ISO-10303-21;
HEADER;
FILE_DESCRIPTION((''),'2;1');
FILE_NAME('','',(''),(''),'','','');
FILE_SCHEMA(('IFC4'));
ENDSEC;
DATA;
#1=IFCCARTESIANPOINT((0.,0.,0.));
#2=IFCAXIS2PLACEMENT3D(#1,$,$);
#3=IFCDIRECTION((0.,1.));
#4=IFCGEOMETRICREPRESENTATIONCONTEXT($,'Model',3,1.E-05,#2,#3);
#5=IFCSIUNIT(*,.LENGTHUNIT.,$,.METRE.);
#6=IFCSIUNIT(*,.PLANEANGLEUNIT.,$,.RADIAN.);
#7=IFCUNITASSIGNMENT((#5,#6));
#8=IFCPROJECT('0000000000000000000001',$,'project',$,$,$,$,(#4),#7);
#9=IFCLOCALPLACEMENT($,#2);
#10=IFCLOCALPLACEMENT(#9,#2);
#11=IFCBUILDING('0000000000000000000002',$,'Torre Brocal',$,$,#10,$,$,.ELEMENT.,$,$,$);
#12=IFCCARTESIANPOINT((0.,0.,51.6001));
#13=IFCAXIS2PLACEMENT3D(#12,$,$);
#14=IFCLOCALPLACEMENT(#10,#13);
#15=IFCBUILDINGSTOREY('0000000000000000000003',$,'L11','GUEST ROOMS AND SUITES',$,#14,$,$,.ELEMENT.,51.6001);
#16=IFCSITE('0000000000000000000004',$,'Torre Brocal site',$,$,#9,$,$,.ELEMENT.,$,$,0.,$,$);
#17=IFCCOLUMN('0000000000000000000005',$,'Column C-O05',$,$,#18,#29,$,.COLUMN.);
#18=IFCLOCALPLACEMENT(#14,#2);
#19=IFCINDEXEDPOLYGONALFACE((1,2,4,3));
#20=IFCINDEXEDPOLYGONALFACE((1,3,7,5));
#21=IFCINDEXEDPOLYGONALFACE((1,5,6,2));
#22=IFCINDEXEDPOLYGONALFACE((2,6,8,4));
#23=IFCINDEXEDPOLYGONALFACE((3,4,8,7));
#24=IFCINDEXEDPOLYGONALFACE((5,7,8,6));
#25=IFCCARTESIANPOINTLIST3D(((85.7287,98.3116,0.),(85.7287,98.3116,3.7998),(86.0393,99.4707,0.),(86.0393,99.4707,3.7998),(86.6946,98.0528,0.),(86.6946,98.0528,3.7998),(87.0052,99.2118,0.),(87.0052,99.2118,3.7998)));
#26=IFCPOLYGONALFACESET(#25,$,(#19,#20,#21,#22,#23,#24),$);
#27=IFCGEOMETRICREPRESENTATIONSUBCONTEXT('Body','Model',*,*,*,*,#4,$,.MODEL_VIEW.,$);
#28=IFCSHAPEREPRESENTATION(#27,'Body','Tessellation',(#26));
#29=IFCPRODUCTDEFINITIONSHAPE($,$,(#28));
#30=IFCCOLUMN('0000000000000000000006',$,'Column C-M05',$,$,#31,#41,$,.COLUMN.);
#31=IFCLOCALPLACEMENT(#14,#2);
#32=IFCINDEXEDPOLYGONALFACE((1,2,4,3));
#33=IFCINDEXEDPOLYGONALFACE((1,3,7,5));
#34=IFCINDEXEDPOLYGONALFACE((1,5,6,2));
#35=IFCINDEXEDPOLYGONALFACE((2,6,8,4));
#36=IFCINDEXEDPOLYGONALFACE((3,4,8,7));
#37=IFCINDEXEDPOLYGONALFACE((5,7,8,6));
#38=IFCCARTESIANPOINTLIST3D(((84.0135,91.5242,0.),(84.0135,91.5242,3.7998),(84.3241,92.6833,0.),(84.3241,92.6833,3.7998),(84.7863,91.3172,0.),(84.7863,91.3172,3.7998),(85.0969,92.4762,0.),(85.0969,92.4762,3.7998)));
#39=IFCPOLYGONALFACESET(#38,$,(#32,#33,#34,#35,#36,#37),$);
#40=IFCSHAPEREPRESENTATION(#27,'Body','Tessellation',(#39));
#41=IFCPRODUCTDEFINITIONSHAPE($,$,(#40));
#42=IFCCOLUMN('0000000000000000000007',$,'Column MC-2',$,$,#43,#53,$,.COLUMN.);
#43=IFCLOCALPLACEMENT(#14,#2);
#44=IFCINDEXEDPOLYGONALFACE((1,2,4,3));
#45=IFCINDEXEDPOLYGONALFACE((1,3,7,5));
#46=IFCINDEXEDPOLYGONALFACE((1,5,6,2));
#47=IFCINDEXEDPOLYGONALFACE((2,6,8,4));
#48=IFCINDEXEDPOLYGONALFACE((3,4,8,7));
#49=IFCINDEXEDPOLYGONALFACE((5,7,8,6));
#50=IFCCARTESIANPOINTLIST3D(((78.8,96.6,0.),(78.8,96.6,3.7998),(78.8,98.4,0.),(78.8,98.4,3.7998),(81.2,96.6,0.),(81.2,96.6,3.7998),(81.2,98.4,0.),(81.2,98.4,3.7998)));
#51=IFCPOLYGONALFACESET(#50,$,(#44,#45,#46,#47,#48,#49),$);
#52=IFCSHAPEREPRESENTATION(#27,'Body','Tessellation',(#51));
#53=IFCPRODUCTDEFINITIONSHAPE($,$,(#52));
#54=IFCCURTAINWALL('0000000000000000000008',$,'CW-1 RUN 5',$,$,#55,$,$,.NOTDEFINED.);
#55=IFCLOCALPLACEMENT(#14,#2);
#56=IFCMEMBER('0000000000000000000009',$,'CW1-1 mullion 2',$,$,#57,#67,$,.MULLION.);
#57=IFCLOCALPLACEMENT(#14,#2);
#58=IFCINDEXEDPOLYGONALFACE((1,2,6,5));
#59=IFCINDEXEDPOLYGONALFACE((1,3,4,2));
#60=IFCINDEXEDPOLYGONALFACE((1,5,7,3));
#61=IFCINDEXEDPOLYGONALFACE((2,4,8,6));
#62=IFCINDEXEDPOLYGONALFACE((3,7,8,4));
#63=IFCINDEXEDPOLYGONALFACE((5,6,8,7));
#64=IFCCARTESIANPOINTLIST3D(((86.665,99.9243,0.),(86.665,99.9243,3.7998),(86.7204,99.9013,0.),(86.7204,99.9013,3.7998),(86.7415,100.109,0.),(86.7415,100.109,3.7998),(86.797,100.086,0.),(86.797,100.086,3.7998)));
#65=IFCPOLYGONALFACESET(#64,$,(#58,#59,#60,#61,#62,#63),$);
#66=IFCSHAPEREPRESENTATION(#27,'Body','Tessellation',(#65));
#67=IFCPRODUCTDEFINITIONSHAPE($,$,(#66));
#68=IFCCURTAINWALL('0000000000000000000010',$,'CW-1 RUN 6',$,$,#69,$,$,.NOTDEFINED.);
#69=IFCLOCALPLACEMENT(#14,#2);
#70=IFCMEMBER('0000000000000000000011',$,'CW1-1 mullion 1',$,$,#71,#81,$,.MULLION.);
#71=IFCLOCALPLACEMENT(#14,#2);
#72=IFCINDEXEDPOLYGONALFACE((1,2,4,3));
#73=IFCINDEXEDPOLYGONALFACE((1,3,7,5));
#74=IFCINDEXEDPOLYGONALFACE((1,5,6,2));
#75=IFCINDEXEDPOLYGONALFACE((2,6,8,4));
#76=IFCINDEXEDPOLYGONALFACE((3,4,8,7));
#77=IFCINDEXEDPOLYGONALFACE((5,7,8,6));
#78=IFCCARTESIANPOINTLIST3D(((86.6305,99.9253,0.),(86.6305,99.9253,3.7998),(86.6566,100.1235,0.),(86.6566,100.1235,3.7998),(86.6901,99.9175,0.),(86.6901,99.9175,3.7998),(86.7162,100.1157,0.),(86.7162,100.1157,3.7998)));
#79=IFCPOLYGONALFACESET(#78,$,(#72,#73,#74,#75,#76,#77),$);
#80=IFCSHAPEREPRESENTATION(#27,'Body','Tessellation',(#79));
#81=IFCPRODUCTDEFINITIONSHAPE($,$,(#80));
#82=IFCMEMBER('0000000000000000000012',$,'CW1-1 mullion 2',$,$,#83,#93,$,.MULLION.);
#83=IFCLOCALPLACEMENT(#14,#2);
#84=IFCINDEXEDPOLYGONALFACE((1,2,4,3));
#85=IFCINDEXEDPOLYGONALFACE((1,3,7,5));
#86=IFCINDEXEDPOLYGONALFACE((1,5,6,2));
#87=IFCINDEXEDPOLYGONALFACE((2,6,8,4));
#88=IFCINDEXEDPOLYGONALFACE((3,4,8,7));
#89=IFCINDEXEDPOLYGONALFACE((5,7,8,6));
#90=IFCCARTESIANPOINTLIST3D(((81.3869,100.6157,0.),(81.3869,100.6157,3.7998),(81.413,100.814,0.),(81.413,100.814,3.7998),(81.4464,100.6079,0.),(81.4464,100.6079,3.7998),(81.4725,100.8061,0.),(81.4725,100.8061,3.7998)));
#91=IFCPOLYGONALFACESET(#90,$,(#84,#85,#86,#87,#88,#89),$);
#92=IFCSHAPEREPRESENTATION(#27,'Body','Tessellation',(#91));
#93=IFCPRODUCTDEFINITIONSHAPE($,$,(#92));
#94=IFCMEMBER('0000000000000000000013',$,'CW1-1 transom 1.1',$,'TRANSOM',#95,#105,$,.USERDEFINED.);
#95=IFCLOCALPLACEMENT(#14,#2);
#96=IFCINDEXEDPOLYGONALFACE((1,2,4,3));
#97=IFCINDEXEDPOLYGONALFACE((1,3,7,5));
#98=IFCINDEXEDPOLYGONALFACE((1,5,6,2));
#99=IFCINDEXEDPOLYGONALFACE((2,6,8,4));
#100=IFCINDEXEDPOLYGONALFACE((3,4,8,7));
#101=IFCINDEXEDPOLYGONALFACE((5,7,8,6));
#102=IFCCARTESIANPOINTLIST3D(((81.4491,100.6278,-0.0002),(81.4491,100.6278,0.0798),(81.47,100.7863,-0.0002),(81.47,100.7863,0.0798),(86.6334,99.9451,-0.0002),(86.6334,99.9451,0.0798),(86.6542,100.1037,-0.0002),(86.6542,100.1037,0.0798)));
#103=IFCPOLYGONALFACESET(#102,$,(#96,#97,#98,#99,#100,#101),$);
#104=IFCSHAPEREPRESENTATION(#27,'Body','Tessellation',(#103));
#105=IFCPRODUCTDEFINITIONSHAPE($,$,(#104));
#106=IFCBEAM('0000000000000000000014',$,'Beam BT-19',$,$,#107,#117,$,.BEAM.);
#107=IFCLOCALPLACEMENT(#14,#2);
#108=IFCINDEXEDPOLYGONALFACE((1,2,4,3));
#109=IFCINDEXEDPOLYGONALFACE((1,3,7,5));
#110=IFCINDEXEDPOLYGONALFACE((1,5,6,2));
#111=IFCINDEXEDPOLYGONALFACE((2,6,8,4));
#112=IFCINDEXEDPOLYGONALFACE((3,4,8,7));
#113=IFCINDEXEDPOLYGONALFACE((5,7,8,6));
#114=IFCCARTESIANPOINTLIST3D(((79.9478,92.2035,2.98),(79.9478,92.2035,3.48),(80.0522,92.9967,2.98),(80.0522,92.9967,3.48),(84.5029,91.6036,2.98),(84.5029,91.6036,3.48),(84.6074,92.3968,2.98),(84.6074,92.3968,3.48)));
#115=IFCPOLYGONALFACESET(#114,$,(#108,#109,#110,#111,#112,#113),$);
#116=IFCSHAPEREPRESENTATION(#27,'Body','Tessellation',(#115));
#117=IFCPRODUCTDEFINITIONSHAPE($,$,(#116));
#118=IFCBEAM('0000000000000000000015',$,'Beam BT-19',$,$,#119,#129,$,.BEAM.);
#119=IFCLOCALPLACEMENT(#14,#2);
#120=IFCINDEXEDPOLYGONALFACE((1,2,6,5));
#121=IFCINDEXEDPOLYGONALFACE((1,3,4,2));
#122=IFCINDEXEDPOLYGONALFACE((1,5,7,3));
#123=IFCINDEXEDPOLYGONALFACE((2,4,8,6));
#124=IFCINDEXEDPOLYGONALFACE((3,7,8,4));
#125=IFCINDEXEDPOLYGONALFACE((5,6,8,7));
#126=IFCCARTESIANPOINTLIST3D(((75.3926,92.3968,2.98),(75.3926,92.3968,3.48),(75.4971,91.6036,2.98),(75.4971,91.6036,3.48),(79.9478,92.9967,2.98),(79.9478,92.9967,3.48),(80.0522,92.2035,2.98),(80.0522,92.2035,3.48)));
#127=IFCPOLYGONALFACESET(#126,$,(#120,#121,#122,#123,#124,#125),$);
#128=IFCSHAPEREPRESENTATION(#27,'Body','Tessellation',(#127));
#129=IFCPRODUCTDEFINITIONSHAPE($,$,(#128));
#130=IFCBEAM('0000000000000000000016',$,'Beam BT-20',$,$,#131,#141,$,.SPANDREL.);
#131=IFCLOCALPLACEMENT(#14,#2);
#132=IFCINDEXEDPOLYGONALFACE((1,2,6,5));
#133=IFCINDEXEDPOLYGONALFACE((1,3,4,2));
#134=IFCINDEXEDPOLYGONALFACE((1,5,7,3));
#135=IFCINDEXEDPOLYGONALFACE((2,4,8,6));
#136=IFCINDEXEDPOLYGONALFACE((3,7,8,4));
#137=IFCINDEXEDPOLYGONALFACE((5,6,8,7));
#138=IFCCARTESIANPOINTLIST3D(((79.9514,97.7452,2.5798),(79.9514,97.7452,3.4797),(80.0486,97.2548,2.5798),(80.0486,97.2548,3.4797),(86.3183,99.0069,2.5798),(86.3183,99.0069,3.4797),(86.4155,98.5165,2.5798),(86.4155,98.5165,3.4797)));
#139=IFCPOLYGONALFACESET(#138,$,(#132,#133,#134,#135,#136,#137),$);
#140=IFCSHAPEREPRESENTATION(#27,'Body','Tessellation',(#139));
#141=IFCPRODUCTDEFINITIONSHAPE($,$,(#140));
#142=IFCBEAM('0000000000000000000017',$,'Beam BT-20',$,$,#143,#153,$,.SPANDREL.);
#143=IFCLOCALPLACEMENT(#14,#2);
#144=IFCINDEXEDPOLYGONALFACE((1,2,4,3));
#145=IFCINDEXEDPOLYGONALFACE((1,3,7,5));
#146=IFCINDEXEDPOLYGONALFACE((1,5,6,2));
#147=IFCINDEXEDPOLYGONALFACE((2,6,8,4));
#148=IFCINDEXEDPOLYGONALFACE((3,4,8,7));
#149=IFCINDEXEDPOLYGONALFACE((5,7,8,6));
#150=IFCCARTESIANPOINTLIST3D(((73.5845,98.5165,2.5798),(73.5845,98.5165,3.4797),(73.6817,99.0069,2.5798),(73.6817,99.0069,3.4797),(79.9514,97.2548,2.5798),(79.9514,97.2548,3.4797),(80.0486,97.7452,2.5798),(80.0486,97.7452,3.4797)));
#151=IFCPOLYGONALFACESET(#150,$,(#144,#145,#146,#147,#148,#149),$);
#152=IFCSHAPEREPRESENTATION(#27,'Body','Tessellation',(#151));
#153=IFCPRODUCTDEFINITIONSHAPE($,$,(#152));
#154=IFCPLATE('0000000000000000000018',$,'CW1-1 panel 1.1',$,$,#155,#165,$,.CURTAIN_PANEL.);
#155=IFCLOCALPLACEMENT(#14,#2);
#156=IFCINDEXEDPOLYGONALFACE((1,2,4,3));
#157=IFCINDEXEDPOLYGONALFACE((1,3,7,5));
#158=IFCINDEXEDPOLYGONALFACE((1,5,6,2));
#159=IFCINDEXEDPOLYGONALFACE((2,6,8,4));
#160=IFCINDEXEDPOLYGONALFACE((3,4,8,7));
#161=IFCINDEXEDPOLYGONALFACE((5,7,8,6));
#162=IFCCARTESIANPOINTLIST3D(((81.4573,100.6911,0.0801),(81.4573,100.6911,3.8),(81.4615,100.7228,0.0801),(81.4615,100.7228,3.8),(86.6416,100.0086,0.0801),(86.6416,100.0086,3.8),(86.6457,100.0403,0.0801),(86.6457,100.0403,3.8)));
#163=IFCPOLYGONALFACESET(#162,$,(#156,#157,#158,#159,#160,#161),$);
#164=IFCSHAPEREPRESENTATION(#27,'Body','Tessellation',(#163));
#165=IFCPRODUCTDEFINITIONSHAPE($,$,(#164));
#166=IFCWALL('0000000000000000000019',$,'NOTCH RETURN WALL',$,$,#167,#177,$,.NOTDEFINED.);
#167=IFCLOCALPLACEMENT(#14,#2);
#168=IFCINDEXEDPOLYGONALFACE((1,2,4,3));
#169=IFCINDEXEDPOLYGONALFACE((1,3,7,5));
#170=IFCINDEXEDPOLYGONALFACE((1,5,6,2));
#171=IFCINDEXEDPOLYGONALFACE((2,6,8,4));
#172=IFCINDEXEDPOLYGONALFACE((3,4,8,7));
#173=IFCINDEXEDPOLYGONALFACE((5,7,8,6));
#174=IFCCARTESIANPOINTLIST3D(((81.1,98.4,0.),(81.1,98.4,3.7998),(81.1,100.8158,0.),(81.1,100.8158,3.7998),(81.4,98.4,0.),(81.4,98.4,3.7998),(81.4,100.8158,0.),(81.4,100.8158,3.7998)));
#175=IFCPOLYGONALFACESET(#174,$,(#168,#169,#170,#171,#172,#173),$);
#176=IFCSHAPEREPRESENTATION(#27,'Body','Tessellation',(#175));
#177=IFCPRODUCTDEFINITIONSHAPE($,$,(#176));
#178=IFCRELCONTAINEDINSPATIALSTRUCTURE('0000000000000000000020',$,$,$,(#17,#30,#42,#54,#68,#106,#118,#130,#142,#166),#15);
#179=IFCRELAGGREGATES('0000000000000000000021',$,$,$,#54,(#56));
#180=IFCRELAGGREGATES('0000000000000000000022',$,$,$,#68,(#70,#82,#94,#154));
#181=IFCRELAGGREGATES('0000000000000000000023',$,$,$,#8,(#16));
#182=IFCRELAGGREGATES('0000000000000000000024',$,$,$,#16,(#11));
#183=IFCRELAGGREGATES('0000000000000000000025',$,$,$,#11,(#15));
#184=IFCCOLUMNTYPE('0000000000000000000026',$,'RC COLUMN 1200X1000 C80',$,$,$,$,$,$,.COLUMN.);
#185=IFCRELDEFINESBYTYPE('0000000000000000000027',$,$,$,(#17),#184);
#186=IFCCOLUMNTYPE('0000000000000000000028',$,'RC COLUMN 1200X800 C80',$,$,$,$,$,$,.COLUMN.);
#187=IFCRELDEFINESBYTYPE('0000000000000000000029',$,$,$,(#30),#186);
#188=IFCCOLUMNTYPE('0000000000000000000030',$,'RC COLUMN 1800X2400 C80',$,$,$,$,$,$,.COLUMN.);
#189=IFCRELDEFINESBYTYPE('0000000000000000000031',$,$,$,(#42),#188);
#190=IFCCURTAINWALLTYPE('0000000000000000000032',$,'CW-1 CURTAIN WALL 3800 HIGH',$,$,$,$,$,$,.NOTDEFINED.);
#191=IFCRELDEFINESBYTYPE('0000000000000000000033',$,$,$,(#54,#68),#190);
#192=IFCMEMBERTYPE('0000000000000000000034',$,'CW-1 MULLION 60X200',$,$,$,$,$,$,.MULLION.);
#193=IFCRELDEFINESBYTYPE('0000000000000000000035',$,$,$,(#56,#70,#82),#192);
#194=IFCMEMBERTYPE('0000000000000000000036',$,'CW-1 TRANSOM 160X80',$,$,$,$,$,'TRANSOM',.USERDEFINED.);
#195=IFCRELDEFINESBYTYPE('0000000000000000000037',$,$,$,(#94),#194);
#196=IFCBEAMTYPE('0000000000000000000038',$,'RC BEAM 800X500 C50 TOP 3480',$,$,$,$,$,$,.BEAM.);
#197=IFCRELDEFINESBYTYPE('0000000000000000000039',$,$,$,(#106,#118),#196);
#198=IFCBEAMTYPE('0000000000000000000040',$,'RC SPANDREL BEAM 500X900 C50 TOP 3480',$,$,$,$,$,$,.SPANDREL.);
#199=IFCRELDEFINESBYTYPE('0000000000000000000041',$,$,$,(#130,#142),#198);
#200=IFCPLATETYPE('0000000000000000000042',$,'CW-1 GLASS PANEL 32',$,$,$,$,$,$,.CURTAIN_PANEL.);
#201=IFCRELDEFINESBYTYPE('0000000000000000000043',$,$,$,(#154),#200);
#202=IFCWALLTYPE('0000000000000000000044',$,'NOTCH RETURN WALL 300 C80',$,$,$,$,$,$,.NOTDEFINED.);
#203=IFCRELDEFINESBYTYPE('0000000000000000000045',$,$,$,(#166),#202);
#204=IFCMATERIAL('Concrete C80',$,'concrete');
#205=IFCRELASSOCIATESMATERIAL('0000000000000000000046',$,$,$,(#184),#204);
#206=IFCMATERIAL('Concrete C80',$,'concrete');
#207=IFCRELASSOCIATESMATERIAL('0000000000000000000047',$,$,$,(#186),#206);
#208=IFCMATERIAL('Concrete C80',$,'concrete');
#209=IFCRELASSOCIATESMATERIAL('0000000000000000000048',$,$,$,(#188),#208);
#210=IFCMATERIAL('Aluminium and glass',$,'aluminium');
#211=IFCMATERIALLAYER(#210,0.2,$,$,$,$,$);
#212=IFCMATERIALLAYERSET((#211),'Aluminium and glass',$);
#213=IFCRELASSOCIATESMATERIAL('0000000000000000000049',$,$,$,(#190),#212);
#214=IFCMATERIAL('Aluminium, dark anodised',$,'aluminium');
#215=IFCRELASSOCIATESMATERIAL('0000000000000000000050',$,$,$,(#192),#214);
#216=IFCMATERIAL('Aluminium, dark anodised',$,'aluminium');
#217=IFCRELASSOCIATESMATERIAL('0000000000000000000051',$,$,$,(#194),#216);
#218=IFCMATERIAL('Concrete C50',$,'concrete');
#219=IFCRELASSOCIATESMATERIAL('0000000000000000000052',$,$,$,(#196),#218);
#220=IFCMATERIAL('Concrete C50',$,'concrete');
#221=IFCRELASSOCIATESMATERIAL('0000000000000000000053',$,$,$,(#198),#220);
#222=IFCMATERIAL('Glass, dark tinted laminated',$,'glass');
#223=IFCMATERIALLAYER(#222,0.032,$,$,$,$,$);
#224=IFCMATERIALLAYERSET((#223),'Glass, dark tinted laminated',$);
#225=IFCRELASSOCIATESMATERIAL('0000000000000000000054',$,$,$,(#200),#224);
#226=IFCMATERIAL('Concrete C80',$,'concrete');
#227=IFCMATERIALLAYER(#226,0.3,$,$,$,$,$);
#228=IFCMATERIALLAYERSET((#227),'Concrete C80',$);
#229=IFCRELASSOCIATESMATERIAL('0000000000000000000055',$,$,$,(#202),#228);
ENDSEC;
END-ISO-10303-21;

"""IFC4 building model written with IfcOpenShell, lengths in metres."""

from ifc_helpers import new_model, si_unit, direction, frame, frame_2d, origin, origin_2d, place, context, subcontext, project, spatial, rectangle, extrude, material, layer, layer_set, material_profile, profile_set, type_object, element, aggregate, save


model = new_model("IFC4")

# Units and contexts
model_context = context("Model", 3, precision=1e-05, world=origin(), true_north=direction((0.0, 1.0)))
body_context = subcontext(model_context, "Body", "Model", "MODEL_VIEW")
ifc_project = project(units=[si_unit("LENGTHUNIT", "METRE"), si_unit("PLANEANGLEUNIT", "RADIAN")], contexts=[model_context])

# Site, building, storey
site_placement = place(None, origin())
site = spatial("IfcSite", under=ifc_project, at=site_placement, Name="Torre Brocal site", CompositionType="ELEMENT", RefElevation=0.0)
building_placement = place(site_placement, origin())
building = spatial("IfcBuilding", under=site, at=building_placement, Name="Torre Brocal", CompositionType="ELEMENT")
storey_placement = place(building_placement, frame((0.0, 0.0, 51.6001)))
storey = spatial("IfcBuildingStorey", under=building, at=storey_placement, Name="L11", Description="GUEST ROOMS AND SUITES", CompositionType="ELEMENT", Elevation=51.6001)

# Columns
ifc_material_1 = material(Name="Concrete C80", Category="concrete")
ifc_material_profile_1 = material_profile(ifc_material_1, rectangle(XDim=1.2, YDim=1.0, at=origin_2d()), Name="RC 1200X1000")
ifc_profile_set_1 = profile_set([ifc_material_profile_1], Name="Concrete C80")
column_type_1 = type_object("IfcColumnType", Name="RC COLUMN 1200X1000 C80", PredefinedType="COLUMN", material=ifc_profile_set_1)
column_1_placement = place(storey_placement, frame((86.3669, 98.7617, 0.0), z_axis=(0.0, 0.0, 1.0), x_axis=(0.258819, 0.965926, 0.0)))
element("IfcColumn", 1, at=column_1_placement, inside=storey, type_object=column_type_1, Name="Column C-O05", PredefinedType="COLUMN", context=body_context, shape_type="SweptSolid", body=[
    extrude(rectangle(XDim=1.2, YDim=1.0, at=origin_2d()), origin(), (0.0, 0.0, 1.0), 3.7998),
])
ifc_material_2 = material(Name="Concrete C80", Category="concrete")
ifc_material_profile_2 = material_profile(ifc_material_2, rectangle(XDim=1.2, YDim=0.8, at=origin_2d()), Name="RC 1200X800")
ifc_profile_set_2 = profile_set([ifc_material_profile_2], Name="Concrete C80")
column_type_2 = type_object("IfcColumnType", Name="RC COLUMN 1200X800 C80", PredefinedType="COLUMN", material=ifc_profile_set_2)
column_2_placement = place(storey_placement, frame((84.5552, 92.0002, 0.0), z_axis=(0.0, 0.0, 1.0), x_axis=(0.258819, 0.965926, 0.0)))
element("IfcColumn", 2, at=column_2_placement, inside=storey, type_object=column_type_2, Name="Column C-M05", PredefinedType="COLUMN", context=body_context, shape_type="SweptSolid", body=[
    extrude(rectangle(XDim=1.2, YDim=0.8, at=origin_2d()), origin(), (0.0, 0.0, 1.0), 3.7998),
])
ifc_material_3 = material(Name="Concrete C80", Category="concrete")
ifc_material_profile_3 = material_profile(ifc_material_3, rectangle(XDim=1.8, YDim=2.3999, at=origin_2d()), Name="RC 1800X2400")
ifc_profile_set_3 = profile_set([ifc_material_profile_3], Name="Concrete C80")
column_type_3 = type_object("IfcColumnType", Name="RC COLUMN 1800X2400 C80", PredefinedType="COLUMN", material=ifc_profile_set_3)
column_3_placement = place(storey_placement, frame((80.0, 97.5, 0.0), z_axis=(0.0, 0.0, 1.0), x_axis=(0.0, 1.0, 0.0)))
element("IfcColumn", 3, at=column_3_placement, inside=storey, type_object=column_type_3, Name="Column MC-2", PredefinedType="COLUMN", context=body_context, shape_type="SweptSolid", body=[
    extrude(rectangle(XDim=1.8, YDim=2.3999, at=origin_2d()), origin(), (0.0, 0.0, 1.0), 3.7998),
])

# Curtain wall, member
ifc_material_4 = material(Name="Aluminium and glass", Category="aluminium")
ifc_layer_1 = layer(ifc_material_4, 0.2)
ifc_layer_set_1 = layer_set([ifc_layer_1], Name="Aluminium and glass")
curtain_wall_type = type_object("IfcCurtainWallType", Name="CW-1 CURTAIN WALL 3800 HIGH", PredefinedType="NOTDEFINED", material=ifc_layer_set_1)
curtain_wall_1_placement = place(storey_placement, origin())
curtain_wall_1 = element("IfcCurtainWall", 4, at=curtain_wall_1_placement, inside=storey, type_object=curtain_wall_type, Name="CW-1 RUN 5", PredefinedType="NOTDEFINED")
ifc_material_5 = material(Name="Aluminium, dark anodised", Category="aluminium")
ifc_material_profile_4 = material_profile(ifc_material_5, rectangle(XDim=0.2, YDim=0.0601, at=origin_2d()), Name="CW-1 MULLION 60X200")
ifc_profile_set_4 = profile_set([ifc_material_profile_4], Name="Aluminium, dark anodised")
member_type_1 = type_object("IfcMemberType", Name="CW-1 MULLION 60X200", PredefinedType="MULLION", material=ifc_profile_set_4)
member_1_placement = place(storey_placement, frame((86.731, 100.0051, 0.0), z_axis=(0.0, 0.0, 1.0), x_axis=(-0.382683, -0.92388, 0.0)))
member_1 = element("IfcMember", 5, at=member_1_placement, type_object=member_type_1, Name="CW1-1 mullion 2", PredefinedType="MULLION", context=body_context, shape_type="SweptSolid", body=[
    extrude(rectangle(XDim=0.2, YDim=0.0601, at=origin_2d()), origin(), (0.0, 0.0, 1.0), 3.7998),
])
aggregate(curtain_wall_1, [member_1])

# Curtain wall, members
curtain_wall_2_placement = place(storey_placement, origin())
curtain_wall_2 = element("IfcCurtainWall", 6, at=curtain_wall_2_placement, inside=storey, type_object=curtain_wall_type, Name="CW-1 RUN 6", PredefinedType="NOTDEFINED")
member_2_placement = place(storey_placement, frame((86.6733, 100.0205, 0.0), z_axis=(0.0, 0.0, 1.0), x_axis=(-0.130526, -0.991445, 0.0)))
member_2 = element("IfcMember", 7, at=member_2_placement, type_object=member_type_1, Name="CW1-1 mullion 1", PredefinedType="MULLION", context=body_context, shape_type="SweptSolid", body=[
    extrude(rectangle(XDim=0.2, YDim=0.0601, at=origin_2d()), origin(), (0.0, 0.0, 1.0), 3.7998),
])
member_3_placement = place(storey_placement, frame((81.4297, 100.7109, 0.0), z_axis=(0.0, 0.0, 1.0), x_axis=(-0.130526, -0.991445, 0.0)))
member_3 = element("IfcMember", 8, at=member_3_placement, type_object=member_type_1, Name="CW1-1 mullion 2", PredefinedType="MULLION", context=body_context, shape_type="SweptSolid", body=[
    extrude(rectangle(XDim=0.2, YDim=0.0601, at=origin_2d()), origin(), (0.0, 0.0, 1.0), 3.7998),
])
ifc_material_6 = material(Name="Aluminium, dark anodised", Category="aluminium")
ifc_material_profile_5 = material_profile(ifc_material_6, rectangle(XDim=0.1599, YDim=0.0801, at=origin_2d()), Name="CW-1 TRANSOM 160X80")
ifc_profile_set_5 = profile_set([ifc_material_profile_5], Name="Aluminium, dark anodised")
member_type_2 = type_object("IfcMemberType", Name="CW-1 TRANSOM 160X80", ElementType="TRANSOM", PredefinedType="USERDEFINED", material=ifc_profile_set_5)
member_4_placement = place(storey_placement, frame((86.6438, 100.0244, 0.0398), z_axis=(-0.991443, 0.130543, 0.0), x_axis=(-0.130543, -0.991443, 0.0)))
member_4 = element("IfcMember", 9, at=member_4_placement, type_object=member_type_2, Name="CW1-1 transom 1.1", ObjectType="TRANSOM", PredefinedType="USERDEFINED", context=body_context, shape_type="SweptSolid", body=[
    extrude(rectangle(XDim=0.1599, YDim=0.0801, at=origin_2d()), origin(), (0.0, 0.0, 1.0), 5.229),
])

# Beams
ifc_material_7 = material(Name="Concrete C50", Category="concrete")
ifc_material_profile_6 = material_profile(ifc_material_7, rectangle(XDim=0.8, YDim=0.5, at=origin_2d()), Name="RC 800X500")
ifc_profile_set_6 = profile_set([ifc_material_profile_6], Name="Concrete C50")
beam_type_1 = type_object("IfcBeamType", Name="RC BEAM 800X500 C50 TOP 3480", PredefinedType="BEAM", material=ifc_profile_set_6)
for number, where, z_axis, x_axis, name in (
    (10, (84.5552, 92.0002, 3.23), (-0.991441, 0.130559, 0.0), (-0.130559, -0.991441, 0.0), "Beam BT-19"),
    (11, (80.0, 92.6001, 3.23), (-0.991441, -0.130559, 0.0), (0.130559, -0.991441, 0.0), "Beam BT-19"),
):
    element("IfcBeam", number, at=place(storey_placement, frame(where, z_axis=z_axis, x_axis=x_axis)), inside=storey, type_object=beam_type_1, Name=name, PredefinedType="BEAM", context=body_context, shape_type="SweptSolid", body=[
        extrude(rectangle(XDim=0.8, YDim=0.5, at=origin_2d()), origin(), (0.0, 0.0, 1.0), 4.5945),
    ])
ifc_material_8 = material(Name="Concrete C50", Category="concrete")
ifc_material_profile_7 = material_profile(ifc_material_8, rectangle(XDim=0.5, YDim=0.8999, at=origin_2d()), Name="RC 500X900")
ifc_profile_set_7 = profile_set([ifc_material_profile_7], Name="Concrete C50")
beam_type_2 = type_object("IfcBeamType", Name="RC SPANDREL BEAM 500X900 C50 TOP 3480", PredefinedType="SPANDREL", material=ifc_profile_set_7)
for number, where, z_axis, x_axis, name in (
    (12, (86.3669, 98.7617, 3.0298), (-0.980925, -0.194387, 0.0), (0.194387, -0.980925, 0.0), "Beam BT-20"),
    (13, (80.0, 97.5, 3.0298), (-0.980925, 0.194387, 0.0), (-0.194387, -0.980925, 0.0), "Beam BT-20"),
):
    element("IfcBeam", number, at=place(storey_placement, frame(where, z_axis=z_axis, x_axis=x_axis)), inside=storey, type_object=beam_type_2, Name=name, PredefinedType="SPANDREL", context=body_context, shape_type="SweptSolid", body=[
        extrude(rectangle(XDim=0.5, YDim=0.8999, at=origin_2d()), origin(), (0.0, 0.0, 1.0), 6.4907),
    ])

# Plate
ifc_material_9 = material(Name="Glass, dark tinted laminated", Category="glass")
ifc_layer_2 = layer(ifc_material_9, 0.032)
ifc_layer_set_2 = layer_set([ifc_layer_2], Name="Glass, dark tinted laminated")
plate_type = type_object("IfcPlateType", Name="CW-1 GLASS PANEL 32", PredefinedType="CURTAIN_PANEL", material=ifc_layer_set_2)
plate_placement = place(storey_placement, frame((84.0515, 100.3657, 0.0801), z_axis=(0.0, 0.0, 1.0), x_axis=(-0.991445, 0.130526, 0.0)))
plate = element("IfcPlate", 14, at=plate_placement, type_object=plate_type, Name="CW1-1 panel 1.1", PredefinedType="CURTAIN_PANEL", context=body_context, shape_type="SweptSolid", body=[
    extrude(rectangle(XDim=5.229, YDim=0.032, at=origin_2d()), origin(), (0.0, 0.0, 1.0), 3.72),
])
aggregate(curtain_wall_2, [member_2, member_3, member_4, plate])

# Wall
ifc_material_10 = material(Name="Concrete C80", Category="concrete")
ifc_layer_3 = layer(ifc_material_10, 0.3)
ifc_layer_set_3 = layer_set([ifc_layer_3], Name="Concrete C80")
wall_type_1 = type_object("IfcWallType", Name="NOTCH RETURN WALL 300 C80", PredefinedType="NOTDEFINED", material=ifc_layer_set_3)
wall_1_placement = place(storey_placement, frame((81.25, 98.3999, 0.0), z_axis=(0.0, 0.0, 1.0), x_axis=(0.0, 1.0, 0.0)))
element("IfcWall", 15, at=wall_1_placement, inside=storey, type_object=wall_type_1, Name="NOTCH RETURN WALL", PredefinedType="NOTDEFINED", context=body_context, shape_type="SweptSolid", body=[
    extrude(rectangle(XDim=2.4158, YDim=0.3, at=frame_2d((1.208, 0.0))), origin(), (0.0, 0.0, 1.0), 3.7998),
])

save(model, "model.ifc")
